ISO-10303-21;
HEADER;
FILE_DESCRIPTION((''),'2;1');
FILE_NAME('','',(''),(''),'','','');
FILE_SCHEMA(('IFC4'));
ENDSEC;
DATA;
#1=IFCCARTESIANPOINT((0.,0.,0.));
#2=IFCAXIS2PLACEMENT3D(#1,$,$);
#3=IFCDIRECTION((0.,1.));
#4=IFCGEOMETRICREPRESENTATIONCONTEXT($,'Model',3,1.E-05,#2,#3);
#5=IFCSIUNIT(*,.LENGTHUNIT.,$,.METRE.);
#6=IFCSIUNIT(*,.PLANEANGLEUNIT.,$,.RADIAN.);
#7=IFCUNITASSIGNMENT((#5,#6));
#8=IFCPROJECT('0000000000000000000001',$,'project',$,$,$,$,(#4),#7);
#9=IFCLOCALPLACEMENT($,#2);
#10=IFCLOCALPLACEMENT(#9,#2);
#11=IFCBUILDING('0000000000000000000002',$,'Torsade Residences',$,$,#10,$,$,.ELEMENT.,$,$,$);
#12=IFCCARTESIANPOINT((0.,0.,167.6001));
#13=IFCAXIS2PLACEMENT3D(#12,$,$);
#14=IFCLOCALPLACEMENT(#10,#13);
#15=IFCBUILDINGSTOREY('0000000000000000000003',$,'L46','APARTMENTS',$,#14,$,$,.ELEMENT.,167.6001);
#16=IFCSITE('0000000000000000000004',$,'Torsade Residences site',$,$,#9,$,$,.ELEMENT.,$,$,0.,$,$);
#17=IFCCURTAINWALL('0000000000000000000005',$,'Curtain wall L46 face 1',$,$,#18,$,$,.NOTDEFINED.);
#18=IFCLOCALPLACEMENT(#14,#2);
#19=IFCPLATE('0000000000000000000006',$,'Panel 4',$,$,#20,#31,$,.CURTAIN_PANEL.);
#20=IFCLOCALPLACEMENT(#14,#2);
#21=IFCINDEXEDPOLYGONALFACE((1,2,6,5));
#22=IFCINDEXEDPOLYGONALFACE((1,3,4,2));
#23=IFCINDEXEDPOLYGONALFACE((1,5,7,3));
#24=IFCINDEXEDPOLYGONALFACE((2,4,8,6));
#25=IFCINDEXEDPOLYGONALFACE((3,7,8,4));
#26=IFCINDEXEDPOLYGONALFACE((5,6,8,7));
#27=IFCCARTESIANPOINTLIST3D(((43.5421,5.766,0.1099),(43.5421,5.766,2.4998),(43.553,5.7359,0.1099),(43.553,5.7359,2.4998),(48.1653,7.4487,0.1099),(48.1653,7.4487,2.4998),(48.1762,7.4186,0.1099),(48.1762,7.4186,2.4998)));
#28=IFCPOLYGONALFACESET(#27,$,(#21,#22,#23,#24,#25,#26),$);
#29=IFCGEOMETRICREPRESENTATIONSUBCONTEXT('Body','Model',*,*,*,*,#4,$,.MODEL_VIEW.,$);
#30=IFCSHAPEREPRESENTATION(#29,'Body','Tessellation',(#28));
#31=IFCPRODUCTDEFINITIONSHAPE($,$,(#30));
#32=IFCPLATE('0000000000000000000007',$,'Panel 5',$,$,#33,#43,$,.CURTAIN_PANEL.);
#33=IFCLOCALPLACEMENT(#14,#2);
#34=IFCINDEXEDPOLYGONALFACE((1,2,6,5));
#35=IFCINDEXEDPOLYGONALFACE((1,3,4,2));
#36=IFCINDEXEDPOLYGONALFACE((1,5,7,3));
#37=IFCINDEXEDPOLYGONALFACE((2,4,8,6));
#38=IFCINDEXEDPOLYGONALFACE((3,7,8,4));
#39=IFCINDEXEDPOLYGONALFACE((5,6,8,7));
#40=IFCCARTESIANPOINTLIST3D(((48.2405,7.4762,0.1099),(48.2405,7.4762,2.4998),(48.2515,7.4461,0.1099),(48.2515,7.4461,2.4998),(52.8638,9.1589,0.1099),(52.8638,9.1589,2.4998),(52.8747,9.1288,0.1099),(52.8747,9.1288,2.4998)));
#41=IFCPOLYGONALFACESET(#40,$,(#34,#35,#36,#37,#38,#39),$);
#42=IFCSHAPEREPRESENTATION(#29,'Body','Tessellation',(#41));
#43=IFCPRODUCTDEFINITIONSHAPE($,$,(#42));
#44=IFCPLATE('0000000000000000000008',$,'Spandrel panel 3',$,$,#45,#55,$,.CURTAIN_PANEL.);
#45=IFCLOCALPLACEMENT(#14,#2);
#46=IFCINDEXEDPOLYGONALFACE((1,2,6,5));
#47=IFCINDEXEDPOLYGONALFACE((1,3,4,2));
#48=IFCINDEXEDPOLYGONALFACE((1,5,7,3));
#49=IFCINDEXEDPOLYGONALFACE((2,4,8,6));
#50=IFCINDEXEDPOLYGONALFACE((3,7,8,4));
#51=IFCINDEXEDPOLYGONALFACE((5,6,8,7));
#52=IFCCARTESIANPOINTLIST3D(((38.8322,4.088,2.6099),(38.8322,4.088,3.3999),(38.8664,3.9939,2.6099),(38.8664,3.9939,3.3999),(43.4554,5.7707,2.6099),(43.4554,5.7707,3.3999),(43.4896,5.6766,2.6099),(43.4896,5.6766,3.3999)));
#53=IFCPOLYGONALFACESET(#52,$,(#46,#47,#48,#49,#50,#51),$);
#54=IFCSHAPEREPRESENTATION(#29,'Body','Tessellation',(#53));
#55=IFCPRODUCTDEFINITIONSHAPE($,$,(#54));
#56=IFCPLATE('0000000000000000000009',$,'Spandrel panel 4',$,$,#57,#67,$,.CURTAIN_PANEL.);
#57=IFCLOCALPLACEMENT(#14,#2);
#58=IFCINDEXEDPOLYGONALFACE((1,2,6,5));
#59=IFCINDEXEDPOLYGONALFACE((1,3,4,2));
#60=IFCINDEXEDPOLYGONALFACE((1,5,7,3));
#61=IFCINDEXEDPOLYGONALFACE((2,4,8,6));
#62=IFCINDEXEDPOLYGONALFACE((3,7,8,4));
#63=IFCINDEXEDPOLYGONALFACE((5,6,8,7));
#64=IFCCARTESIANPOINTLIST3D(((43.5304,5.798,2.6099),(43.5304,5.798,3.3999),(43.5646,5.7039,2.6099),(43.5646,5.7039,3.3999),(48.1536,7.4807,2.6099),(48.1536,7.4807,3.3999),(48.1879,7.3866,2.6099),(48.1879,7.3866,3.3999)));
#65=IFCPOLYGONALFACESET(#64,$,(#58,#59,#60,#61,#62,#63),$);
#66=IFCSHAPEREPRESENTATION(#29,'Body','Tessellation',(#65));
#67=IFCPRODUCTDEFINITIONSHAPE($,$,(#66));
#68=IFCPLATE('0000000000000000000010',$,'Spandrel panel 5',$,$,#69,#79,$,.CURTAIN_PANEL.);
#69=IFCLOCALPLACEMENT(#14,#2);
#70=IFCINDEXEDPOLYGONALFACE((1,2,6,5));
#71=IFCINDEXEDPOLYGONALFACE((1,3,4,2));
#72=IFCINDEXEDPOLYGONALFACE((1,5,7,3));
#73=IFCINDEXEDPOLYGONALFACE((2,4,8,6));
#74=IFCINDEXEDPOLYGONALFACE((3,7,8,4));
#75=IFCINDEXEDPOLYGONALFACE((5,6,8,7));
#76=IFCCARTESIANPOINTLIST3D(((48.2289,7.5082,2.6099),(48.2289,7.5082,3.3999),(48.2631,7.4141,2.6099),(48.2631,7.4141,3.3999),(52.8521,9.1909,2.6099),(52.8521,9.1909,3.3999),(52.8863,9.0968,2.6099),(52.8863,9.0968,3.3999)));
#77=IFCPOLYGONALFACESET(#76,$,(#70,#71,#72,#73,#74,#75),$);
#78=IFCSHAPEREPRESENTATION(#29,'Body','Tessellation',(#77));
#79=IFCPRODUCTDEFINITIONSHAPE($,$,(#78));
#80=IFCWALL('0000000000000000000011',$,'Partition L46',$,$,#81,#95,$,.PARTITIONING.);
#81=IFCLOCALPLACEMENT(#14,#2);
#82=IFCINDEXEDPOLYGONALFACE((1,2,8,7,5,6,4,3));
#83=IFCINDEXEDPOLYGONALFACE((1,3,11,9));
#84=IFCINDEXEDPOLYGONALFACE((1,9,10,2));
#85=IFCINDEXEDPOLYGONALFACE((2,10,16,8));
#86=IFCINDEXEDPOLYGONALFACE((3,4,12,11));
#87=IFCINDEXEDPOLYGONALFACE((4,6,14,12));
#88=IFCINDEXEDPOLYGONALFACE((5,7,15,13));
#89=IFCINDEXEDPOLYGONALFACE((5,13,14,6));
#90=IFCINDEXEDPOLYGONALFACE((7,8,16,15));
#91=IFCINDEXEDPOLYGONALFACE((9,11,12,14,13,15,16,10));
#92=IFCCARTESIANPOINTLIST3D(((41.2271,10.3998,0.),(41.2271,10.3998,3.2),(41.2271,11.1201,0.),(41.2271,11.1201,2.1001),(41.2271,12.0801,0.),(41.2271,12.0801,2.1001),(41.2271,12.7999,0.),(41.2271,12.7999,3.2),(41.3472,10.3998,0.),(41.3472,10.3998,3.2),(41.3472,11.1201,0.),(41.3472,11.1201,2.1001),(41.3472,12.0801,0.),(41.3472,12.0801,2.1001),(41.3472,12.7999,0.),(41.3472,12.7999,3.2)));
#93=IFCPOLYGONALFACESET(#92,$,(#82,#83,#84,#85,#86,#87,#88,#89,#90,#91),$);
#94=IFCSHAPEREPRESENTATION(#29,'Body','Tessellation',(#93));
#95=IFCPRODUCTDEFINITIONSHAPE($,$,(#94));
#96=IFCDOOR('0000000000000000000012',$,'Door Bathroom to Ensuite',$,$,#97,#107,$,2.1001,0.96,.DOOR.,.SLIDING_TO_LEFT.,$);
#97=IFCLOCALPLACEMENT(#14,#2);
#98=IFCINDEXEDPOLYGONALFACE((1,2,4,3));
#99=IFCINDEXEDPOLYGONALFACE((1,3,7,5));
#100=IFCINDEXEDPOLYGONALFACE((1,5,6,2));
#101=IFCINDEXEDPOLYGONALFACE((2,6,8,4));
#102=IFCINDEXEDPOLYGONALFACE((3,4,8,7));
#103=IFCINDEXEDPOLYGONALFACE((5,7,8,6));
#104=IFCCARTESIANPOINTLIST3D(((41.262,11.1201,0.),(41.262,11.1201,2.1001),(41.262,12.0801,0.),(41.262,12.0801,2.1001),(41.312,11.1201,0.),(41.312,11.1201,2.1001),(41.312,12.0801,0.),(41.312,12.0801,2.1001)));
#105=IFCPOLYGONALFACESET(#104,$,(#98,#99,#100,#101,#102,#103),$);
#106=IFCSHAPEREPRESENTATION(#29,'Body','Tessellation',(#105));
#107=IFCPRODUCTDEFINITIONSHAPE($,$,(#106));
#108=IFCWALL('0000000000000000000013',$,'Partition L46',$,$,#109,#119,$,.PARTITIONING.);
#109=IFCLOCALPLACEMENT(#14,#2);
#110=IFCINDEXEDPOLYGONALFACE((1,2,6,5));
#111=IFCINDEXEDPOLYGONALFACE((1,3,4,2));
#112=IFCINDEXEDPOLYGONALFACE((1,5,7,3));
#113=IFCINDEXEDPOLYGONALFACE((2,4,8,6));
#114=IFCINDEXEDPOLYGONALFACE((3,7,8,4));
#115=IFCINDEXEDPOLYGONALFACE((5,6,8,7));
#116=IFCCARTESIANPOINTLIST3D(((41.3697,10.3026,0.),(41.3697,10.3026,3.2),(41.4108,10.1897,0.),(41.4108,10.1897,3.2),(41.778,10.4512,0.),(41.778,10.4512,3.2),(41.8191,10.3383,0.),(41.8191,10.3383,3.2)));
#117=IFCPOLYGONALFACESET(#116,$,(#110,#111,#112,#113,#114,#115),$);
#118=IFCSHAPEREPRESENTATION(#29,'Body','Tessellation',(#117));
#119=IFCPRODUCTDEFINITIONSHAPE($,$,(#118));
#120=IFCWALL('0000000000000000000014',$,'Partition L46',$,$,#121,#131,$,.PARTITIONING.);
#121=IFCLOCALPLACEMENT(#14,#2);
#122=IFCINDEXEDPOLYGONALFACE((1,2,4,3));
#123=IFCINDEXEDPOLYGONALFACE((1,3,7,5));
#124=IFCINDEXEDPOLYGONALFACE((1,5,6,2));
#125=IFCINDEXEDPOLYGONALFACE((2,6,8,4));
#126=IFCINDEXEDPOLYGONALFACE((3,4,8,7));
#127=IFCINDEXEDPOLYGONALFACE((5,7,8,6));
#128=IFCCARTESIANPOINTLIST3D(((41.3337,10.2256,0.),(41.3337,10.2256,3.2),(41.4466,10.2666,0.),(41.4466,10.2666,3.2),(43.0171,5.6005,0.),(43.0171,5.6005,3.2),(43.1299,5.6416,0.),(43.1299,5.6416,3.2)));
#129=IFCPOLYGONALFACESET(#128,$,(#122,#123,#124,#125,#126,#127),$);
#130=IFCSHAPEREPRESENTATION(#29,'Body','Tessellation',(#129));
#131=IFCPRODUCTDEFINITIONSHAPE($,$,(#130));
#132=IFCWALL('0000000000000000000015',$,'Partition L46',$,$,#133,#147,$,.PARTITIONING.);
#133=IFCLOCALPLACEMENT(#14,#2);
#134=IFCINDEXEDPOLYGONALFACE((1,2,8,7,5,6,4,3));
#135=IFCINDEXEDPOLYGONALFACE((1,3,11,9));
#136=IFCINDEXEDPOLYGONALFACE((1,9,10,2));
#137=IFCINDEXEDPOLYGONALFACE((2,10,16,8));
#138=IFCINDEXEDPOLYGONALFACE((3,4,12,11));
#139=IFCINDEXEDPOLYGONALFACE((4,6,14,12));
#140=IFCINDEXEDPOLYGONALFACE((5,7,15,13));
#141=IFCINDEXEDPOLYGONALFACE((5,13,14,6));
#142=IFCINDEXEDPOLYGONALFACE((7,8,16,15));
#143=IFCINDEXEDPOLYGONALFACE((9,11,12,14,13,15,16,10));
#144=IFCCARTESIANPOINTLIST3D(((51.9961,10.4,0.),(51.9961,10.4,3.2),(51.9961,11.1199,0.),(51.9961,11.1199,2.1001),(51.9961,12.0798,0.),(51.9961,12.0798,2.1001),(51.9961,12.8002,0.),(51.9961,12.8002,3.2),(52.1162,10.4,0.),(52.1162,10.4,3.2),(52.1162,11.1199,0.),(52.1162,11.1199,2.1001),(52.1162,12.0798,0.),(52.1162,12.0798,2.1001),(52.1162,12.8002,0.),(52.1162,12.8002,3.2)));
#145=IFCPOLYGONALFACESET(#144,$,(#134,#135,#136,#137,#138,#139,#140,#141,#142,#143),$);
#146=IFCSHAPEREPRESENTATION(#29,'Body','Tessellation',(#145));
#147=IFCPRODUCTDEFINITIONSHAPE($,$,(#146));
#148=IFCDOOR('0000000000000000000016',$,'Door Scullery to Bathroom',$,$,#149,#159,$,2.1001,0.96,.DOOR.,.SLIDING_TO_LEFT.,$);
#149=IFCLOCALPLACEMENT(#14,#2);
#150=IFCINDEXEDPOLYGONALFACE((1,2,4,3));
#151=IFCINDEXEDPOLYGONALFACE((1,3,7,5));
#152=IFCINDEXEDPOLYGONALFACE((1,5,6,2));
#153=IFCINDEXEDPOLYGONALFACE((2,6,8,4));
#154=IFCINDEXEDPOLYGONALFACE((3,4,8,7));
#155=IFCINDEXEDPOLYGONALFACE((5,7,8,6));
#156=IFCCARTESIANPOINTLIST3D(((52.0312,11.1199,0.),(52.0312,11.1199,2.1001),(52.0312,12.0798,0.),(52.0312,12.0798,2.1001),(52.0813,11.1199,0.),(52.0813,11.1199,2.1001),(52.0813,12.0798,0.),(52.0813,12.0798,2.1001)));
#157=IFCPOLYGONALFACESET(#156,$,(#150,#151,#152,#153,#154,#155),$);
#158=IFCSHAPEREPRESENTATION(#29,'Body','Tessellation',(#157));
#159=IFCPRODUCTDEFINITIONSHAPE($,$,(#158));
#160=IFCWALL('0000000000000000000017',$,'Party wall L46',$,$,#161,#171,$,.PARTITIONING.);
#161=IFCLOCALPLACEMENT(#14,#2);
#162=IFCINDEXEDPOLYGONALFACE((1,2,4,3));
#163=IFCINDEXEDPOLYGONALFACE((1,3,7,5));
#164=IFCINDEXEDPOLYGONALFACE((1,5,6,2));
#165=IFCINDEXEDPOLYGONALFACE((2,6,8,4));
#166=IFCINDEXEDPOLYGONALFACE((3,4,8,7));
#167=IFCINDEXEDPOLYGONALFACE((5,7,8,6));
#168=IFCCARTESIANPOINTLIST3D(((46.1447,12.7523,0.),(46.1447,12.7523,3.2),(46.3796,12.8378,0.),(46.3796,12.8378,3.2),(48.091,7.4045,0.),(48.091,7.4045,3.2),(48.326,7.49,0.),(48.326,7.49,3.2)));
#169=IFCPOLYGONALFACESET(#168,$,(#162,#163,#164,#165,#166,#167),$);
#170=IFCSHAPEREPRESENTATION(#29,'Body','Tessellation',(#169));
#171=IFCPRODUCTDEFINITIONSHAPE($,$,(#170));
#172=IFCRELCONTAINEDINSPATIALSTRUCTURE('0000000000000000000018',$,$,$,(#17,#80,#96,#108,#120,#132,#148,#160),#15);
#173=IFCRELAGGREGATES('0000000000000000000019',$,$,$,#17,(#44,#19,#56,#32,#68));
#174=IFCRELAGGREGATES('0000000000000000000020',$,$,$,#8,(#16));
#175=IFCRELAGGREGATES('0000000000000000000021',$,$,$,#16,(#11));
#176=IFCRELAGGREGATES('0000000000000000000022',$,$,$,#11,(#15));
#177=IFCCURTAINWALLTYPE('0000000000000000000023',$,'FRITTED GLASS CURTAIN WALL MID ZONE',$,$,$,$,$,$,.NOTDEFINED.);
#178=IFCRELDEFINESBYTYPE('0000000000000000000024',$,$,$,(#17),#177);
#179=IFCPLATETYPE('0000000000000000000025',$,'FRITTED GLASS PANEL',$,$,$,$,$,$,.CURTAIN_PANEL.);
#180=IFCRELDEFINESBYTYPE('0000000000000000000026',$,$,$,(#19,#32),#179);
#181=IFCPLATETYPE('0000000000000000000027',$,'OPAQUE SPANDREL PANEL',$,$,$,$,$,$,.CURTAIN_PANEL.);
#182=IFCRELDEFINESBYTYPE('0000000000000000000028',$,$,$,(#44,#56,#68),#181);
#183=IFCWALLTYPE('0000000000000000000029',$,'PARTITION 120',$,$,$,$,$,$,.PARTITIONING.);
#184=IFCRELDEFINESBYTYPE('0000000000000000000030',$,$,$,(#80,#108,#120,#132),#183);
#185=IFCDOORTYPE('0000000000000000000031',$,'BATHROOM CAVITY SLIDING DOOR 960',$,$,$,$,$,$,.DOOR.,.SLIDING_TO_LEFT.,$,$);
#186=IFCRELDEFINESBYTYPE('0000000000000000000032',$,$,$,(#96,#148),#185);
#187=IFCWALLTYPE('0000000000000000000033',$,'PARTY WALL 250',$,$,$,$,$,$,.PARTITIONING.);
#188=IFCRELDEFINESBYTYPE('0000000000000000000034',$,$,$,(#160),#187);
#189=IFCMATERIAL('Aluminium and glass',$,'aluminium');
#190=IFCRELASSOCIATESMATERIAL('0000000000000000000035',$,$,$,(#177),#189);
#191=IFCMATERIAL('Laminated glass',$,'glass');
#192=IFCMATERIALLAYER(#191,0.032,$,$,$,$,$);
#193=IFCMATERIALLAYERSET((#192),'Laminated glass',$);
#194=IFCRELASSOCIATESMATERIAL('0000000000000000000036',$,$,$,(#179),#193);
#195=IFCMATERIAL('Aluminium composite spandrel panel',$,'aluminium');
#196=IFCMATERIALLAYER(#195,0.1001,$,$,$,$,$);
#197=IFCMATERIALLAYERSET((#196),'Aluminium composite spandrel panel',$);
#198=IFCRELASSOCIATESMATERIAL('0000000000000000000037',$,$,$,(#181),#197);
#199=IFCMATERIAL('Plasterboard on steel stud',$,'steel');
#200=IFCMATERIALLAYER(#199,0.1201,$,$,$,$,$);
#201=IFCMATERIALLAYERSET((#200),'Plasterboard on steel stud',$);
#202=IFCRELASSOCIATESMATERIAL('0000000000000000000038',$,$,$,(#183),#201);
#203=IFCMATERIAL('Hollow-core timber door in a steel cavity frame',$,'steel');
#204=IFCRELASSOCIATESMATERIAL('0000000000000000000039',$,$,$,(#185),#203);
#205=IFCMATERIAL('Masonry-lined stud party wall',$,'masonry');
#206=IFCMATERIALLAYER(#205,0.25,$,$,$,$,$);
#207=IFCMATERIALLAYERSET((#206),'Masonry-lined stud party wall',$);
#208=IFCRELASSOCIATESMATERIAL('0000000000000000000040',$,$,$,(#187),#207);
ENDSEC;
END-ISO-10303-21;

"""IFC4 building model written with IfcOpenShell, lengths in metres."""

from ifc_helpers import new_model, si_unit, direction, frame, frame_2d, origin, origin_2d, place, context, subcontext, project, spatial, rectangle, extrude, material, layer, layer_set, type_object, element, fill, aggregate, save


model = new_model("IFC4")

# Units and contexts
model_context = context("Model", 3, precision=1e-05, world=origin(), true_north=direction((0.0, 1.0)))
body_context = subcontext(model_context, "Body", "Model", "MODEL_VIEW")
ifc_project = project(units=[si_unit("LENGTHUNIT", "METRE"), si_unit("PLANEANGLEUNIT", "RADIAN")], contexts=[model_context])

# Site, building, storey
site_placement = place(None, origin())
site = spatial("IfcSite", under=ifc_project, at=site_placement, Name="Torsade Residences site", CompositionType="ELEMENT", RefElevation=0.0)
building_placement = place(site_placement, origin())
building = spatial("IfcBuilding", under=site, at=building_placement, Name="Torsade Residences", CompositionType="ELEMENT")
storey_placement = place(building_placement, frame((0.0, 0.0, 167.6001)))
storey = spatial("IfcBuildingStorey", under=building, at=storey_placement, Name="L46", Description="APARTMENTS", CompositionType="ELEMENT", Elevation=167.6001)

# Curtain wall
ifc_material_1 = material(Name="Aluminium and glass", Category="aluminium")
curtain_wall_type = type_object("IfcCurtainWallType", Name="FRITTED GLASS CURTAIN WALL MID ZONE", PredefinedType="NOTDEFINED", material=ifc_material_1)
curtain_wall_placement = place(storey_placement, origin())
curtain_wall = element("IfcCurtainWall", 1, at=curtain_wall_placement, inside=storey, type_object=curtain_wall_type, Name="Curtain wall L46 face 1", PredefinedType="NOTDEFINED")

# Plates
ifc_material_2 = material(Name="Laminated glass", Category="glass")
ifc_layer_1 = layer(ifc_material_2, 0.032)
ifc_layer_set_1 = layer_set([ifc_layer_1], Name="Laminated glass")
plate_type_1 = type_object("IfcPlateType", Name="FRITTED GLASS PANEL", PredefinedType="CURTAIN_PANEL", material=ifc_layer_set_1)
plate_1_placement = place(storey_placement, frame((45.8591, 6.5923, 0.1099), z_axis=(0.0, 0.0, 1.0), x_axis=(0.939693, 0.34202, 0.0)))
plate_1 = element("IfcPlate", 2, at=plate_1_placement, type_object=plate_type_1, Name="Panel 4", PredefinedType="CURTAIN_PANEL", context=body_context, shape_type="SweptSolid", body=[
    extrude(rectangle(XDim=4.9199, YDim=0.032, at=origin_2d()), origin(), (0.0, 0.0, 1.0), 2.3899),
])
plate_2_placement = place(storey_placement, frame((50.5576, 8.3025, 0.1099), z_axis=(0.0, 0.0, 1.0), x_axis=(0.939693, 0.34202, 0.0)))
plate_2 = element("IfcPlate", 3, at=plate_2_placement, type_object=plate_type_1, Name="Panel 5", PredefinedType="CURTAIN_PANEL", context=body_context, shape_type="SweptSolid", body=[
    extrude(rectangle(XDim=4.9199, YDim=0.032, at=origin_2d()), origin(), (0.0, 0.0, 1.0), 2.3899),
])
ifc_material_3 = material(Name="Aluminium composite spandrel panel", Category="aluminium")
ifc_layer_2 = layer(ifc_material_3, 0.1001)
ifc_layer_set_2 = layer_set([ifc_layer_2], Name="Aluminium composite spandrel panel")
plate_type_2 = type_object("IfcPlateType", Name="OPAQUE SPANDREL PANEL", PredefinedType="CURTAIN_PANEL", material=ifc_layer_set_2)
plate_3_placement = place(storey_placement, frame((41.1609, 4.8823, 2.6099), z_axis=(0.0, 0.0, 1.0), x_axis=(0.939693, 0.34202, 0.0)))
plate_3 = element("IfcPlate", 4, at=plate_3_placement, type_object=plate_type_2, Name="Spandrel panel 3", PredefinedType="CURTAIN_PANEL", context=body_context, shape_type="SweptSolid", body=[
    extrude(rectangle(XDim=4.9199, YDim=0.1001, at=origin_2d()), origin(), (0.0, 0.0, 1.0), 0.79),
])
plate_4_placement = place(storey_placement, frame((45.8591, 6.5923, 2.6099), z_axis=(0.0, 0.0, 1.0), x_axis=(0.939693, 0.34202, 0.0)))
plate_4 = element("IfcPlate", 5, at=plate_4_placement, type_object=plate_type_2, Name="Spandrel panel 4", PredefinedType="CURTAIN_PANEL", context=body_context, shape_type="SweptSolid", body=[
    extrude(rectangle(XDim=4.9199, YDim=0.1001, at=origin_2d()), origin(), (0.0, 0.0, 1.0), 0.79),
])
plate_5_placement = place(storey_placement, frame((50.5576, 8.3025, 2.6099), z_axis=(0.0, 0.0, 1.0), x_axis=(0.939693, 0.34202, 0.0)))
plate_5 = element("IfcPlate", 6, at=plate_5_placement, type_object=plate_type_2, Name="Spandrel panel 5", PredefinedType="CURTAIN_PANEL", context=body_context, shape_type="SweptSolid", body=[
    extrude(rectangle(XDim=4.9199, YDim=0.1001, at=origin_2d()), origin(), (0.0, 0.0, 1.0), 0.79),
])
aggregate(curtain_wall, [plate_3, plate_1, plate_4, plate_2, plate_5])

# Wall, opening, door
ifc_material_4 = material(Name="Plasterboard on steel stud", Category="steel")
ifc_layer_3 = layer(ifc_material_4, 0.1201)
ifc_layer_set_3 = layer_set([ifc_layer_3], Name="Plasterboard on steel stud")
wall_type_1 = type_object("IfcWallType", Name="PARTITION 120", PredefinedType="PARTITIONING", material=ifc_layer_set_3)
wall_1_placement = place(storey_placement, frame((41.2871, 12.8, 0.0), z_axis=(0.0, 0.0, 1.0), x_axis=(0.0, -1.0, 0.0)))
wall_1 = element("IfcWall", 7, at=wall_1_placement, inside=storey, type_object=wall_type_1, Name="Partition L46", PredefinedType="PARTITIONING", context=body_context, shape_type="SweptSolid", body=[
    extrude(rectangle(XDim=2.4001, YDim=0.1201, at=frame_2d((1.2002, 0.0))), origin(), (0.0, 0.0, 1.0), 3.2),
])
opening_1_placement = place(wall_1_placement, frame((0.72, 0.0, 0.0)))
opening_1 = element("IfcOpeningElement", 8, at=opening_1_placement, cuts=wall_1, PredefinedType="OPENING", context=body_context, shape_type="SweptSolid", body=[
    extrude(rectangle(XDim=0.96, YDim=2.1001, at=frame_2d((0.48, 1.05))), frame((0.0, 0.0701, 0.0), z_axis=(0.0, -1.0, 0.0), x_axis=(1.0, 0.0, 0.0)), (0.0, 0.0, 1.0), 0.1401),
])
ifc_material_5 = material(Name="Hollow-core timber door in a steel cavity frame", Category="steel")
door_type = type_object("IfcDoorType", Name="BATHROOM CAVITY SLIDING DOOR 960", OperationType="SLIDING_TO_LEFT", PredefinedType="DOOR", material=ifc_material_5)
door_1_placement = place(opening_1_placement, origin())
door_1 = element("IfcDoor", 9, at=door_1_placement, inside=storey, type_object=door_type, Name="Door Bathroom to Ensuite", OperationType="SLIDING_TO_LEFT", OverallHeight=2.1001, OverallWidth=0.96, PredefinedType="DOOR", context=body_context, shape_type="SweptSolid", body=[
    extrude(rectangle(XDim=0.96, YDim=2.1001, at=frame_2d((0.48, 1.05))), frame((0.0, 0.0249, 0.0), z_axis=(0.0, -1.0, 0.0), x_axis=(1.0, 0.0, 0.0)), (0.0, 0.0, 1.0), 0.05),
])
fill(opening_1, door_1)

# Walls
wall_2_placement = place(storey_placement, frame((41.7986, 10.3948, 0.0), z_axis=(0.0, 0.0, 1.0), x_axis=(-0.939679, -0.342059, 0.0)))
element("IfcWall", 10, at=wall_2_placement, inside=storey, type_object=wall_type_1, Name="Partition L46", PredefinedType="PARTITIONING", context=body_context, shape_type="SweptSolid", body=[
    extrude(rectangle(XDim=0.4346, YDim=0.1201, at=frame_2d((0.2173, 0.0))), origin(), (0.0, 0.0, 1.0), 3.2),
])
wall_3_placement = place(storey_placement, frame((41.3901, 10.2461, 0.0), z_axis=(0.0, 0.0, 1.0), x_axis=(0.342018, -0.939693, 0.0)))
element("IfcWall", 11, at=wall_3_placement, inside=storey, type_object=wall_type_1, Name="Partition L46", PredefinedType="PARTITIONING", context=body_context, shape_type="SweptSolid", body=[
    extrude(rectangle(XDim=4.9219, YDim=0.1201, at=frame_2d((2.4609, 0.0))), origin(), (0.0, 0.0, 1.0), 3.2),
])

# Wall, opening, door
wall_4_placement = place(storey_placement, frame((52.0562, 10.3999, 0.0), z_axis=(0.0, 0.0, 1.0), x_axis=(0.0, 1.0, 0.0)))
wall_4 = element("IfcWall", 12, at=wall_4_placement, inside=storey, type_object=wall_type_1, Name="Partition L46", PredefinedType="PARTITIONING", context=body_context, shape_type="SweptSolid", body=[
    extrude(rectangle(XDim=2.4001, YDim=0.1201, at=frame_2d((1.2002, 0.0))), origin(), (0.0, 0.0, 1.0), 3.2),
])
opening_2_placement = place(wall_4_placement, frame((0.72, 0.0, 0.0)))
opening_2 = element("IfcOpeningElement", 13, at=opening_2_placement, cuts=wall_4, PredefinedType="OPENING", context=body_context, shape_type="SweptSolid", body=[
    extrude(rectangle(XDim=0.96, YDim=2.1001, at=frame_2d((0.48, 1.05))), frame((0.0, 0.0701, 0.0), z_axis=(0.0, -1.0, 0.0), x_axis=(1.0, 0.0, 0.0)), (0.0, 0.0, 1.0), 0.1401),
])
door_2_placement = place(opening_2_placement, origin())
door_2 = element("IfcDoor", 14, at=door_2_placement, inside=storey, type_object=door_type, Name="Door Scullery to Bathroom", OperationType="SLIDING_TO_LEFT", OverallHeight=2.1001, OverallWidth=0.96, PredefinedType="DOOR", context=body_context, shape_type="SweptSolid", body=[
    extrude(rectangle(XDim=0.96, YDim=2.1001, at=frame_2d((0.48, 1.05))), frame((0.0, 0.0249, 0.0), z_axis=(0.0, -1.0, 0.0), x_axis=(1.0, 0.0, 0.0)), (0.0, 0.0, 1.0), 0.05),
])
fill(opening_2, door_2)

# Wall
ifc_material_6 = material(Name="Masonry-lined stud party wall", Category="masonry")
ifc_layer_4 = layer(ifc_material_6, 0.25)
ifc_layer_set_4 = layer_set([ifc_layer_4], Name="Masonry-lined stud party wall")
wall_type_2 = type_object("IfcWallType", Name="PARTY WALL 250", PredefinedType="PARTITIONING", material=ifc_layer_set_4)
wall_5_placement = place(storey_placement, frame((48.2085, 7.4473, 0.0), z_axis=(0.0, 0.0, 1.0), x_axis=(-0.342005, 0.939698, 0.0)))
element("IfcWall", 15, at=wall_5_placement, inside=storey, type_object=wall_type_2, Name="Party wall L46", PredefinedType="PARTITIONING", context=body_context, shape_type="SweptSolid", body=[
    extrude(rectangle(XDim=5.6909, YDim=0.25, at=frame_2d((2.8455, 0.0))), origin(), (0.0, 0.0, 1.0), 3.2),
])

save(model, "model.ifc")
